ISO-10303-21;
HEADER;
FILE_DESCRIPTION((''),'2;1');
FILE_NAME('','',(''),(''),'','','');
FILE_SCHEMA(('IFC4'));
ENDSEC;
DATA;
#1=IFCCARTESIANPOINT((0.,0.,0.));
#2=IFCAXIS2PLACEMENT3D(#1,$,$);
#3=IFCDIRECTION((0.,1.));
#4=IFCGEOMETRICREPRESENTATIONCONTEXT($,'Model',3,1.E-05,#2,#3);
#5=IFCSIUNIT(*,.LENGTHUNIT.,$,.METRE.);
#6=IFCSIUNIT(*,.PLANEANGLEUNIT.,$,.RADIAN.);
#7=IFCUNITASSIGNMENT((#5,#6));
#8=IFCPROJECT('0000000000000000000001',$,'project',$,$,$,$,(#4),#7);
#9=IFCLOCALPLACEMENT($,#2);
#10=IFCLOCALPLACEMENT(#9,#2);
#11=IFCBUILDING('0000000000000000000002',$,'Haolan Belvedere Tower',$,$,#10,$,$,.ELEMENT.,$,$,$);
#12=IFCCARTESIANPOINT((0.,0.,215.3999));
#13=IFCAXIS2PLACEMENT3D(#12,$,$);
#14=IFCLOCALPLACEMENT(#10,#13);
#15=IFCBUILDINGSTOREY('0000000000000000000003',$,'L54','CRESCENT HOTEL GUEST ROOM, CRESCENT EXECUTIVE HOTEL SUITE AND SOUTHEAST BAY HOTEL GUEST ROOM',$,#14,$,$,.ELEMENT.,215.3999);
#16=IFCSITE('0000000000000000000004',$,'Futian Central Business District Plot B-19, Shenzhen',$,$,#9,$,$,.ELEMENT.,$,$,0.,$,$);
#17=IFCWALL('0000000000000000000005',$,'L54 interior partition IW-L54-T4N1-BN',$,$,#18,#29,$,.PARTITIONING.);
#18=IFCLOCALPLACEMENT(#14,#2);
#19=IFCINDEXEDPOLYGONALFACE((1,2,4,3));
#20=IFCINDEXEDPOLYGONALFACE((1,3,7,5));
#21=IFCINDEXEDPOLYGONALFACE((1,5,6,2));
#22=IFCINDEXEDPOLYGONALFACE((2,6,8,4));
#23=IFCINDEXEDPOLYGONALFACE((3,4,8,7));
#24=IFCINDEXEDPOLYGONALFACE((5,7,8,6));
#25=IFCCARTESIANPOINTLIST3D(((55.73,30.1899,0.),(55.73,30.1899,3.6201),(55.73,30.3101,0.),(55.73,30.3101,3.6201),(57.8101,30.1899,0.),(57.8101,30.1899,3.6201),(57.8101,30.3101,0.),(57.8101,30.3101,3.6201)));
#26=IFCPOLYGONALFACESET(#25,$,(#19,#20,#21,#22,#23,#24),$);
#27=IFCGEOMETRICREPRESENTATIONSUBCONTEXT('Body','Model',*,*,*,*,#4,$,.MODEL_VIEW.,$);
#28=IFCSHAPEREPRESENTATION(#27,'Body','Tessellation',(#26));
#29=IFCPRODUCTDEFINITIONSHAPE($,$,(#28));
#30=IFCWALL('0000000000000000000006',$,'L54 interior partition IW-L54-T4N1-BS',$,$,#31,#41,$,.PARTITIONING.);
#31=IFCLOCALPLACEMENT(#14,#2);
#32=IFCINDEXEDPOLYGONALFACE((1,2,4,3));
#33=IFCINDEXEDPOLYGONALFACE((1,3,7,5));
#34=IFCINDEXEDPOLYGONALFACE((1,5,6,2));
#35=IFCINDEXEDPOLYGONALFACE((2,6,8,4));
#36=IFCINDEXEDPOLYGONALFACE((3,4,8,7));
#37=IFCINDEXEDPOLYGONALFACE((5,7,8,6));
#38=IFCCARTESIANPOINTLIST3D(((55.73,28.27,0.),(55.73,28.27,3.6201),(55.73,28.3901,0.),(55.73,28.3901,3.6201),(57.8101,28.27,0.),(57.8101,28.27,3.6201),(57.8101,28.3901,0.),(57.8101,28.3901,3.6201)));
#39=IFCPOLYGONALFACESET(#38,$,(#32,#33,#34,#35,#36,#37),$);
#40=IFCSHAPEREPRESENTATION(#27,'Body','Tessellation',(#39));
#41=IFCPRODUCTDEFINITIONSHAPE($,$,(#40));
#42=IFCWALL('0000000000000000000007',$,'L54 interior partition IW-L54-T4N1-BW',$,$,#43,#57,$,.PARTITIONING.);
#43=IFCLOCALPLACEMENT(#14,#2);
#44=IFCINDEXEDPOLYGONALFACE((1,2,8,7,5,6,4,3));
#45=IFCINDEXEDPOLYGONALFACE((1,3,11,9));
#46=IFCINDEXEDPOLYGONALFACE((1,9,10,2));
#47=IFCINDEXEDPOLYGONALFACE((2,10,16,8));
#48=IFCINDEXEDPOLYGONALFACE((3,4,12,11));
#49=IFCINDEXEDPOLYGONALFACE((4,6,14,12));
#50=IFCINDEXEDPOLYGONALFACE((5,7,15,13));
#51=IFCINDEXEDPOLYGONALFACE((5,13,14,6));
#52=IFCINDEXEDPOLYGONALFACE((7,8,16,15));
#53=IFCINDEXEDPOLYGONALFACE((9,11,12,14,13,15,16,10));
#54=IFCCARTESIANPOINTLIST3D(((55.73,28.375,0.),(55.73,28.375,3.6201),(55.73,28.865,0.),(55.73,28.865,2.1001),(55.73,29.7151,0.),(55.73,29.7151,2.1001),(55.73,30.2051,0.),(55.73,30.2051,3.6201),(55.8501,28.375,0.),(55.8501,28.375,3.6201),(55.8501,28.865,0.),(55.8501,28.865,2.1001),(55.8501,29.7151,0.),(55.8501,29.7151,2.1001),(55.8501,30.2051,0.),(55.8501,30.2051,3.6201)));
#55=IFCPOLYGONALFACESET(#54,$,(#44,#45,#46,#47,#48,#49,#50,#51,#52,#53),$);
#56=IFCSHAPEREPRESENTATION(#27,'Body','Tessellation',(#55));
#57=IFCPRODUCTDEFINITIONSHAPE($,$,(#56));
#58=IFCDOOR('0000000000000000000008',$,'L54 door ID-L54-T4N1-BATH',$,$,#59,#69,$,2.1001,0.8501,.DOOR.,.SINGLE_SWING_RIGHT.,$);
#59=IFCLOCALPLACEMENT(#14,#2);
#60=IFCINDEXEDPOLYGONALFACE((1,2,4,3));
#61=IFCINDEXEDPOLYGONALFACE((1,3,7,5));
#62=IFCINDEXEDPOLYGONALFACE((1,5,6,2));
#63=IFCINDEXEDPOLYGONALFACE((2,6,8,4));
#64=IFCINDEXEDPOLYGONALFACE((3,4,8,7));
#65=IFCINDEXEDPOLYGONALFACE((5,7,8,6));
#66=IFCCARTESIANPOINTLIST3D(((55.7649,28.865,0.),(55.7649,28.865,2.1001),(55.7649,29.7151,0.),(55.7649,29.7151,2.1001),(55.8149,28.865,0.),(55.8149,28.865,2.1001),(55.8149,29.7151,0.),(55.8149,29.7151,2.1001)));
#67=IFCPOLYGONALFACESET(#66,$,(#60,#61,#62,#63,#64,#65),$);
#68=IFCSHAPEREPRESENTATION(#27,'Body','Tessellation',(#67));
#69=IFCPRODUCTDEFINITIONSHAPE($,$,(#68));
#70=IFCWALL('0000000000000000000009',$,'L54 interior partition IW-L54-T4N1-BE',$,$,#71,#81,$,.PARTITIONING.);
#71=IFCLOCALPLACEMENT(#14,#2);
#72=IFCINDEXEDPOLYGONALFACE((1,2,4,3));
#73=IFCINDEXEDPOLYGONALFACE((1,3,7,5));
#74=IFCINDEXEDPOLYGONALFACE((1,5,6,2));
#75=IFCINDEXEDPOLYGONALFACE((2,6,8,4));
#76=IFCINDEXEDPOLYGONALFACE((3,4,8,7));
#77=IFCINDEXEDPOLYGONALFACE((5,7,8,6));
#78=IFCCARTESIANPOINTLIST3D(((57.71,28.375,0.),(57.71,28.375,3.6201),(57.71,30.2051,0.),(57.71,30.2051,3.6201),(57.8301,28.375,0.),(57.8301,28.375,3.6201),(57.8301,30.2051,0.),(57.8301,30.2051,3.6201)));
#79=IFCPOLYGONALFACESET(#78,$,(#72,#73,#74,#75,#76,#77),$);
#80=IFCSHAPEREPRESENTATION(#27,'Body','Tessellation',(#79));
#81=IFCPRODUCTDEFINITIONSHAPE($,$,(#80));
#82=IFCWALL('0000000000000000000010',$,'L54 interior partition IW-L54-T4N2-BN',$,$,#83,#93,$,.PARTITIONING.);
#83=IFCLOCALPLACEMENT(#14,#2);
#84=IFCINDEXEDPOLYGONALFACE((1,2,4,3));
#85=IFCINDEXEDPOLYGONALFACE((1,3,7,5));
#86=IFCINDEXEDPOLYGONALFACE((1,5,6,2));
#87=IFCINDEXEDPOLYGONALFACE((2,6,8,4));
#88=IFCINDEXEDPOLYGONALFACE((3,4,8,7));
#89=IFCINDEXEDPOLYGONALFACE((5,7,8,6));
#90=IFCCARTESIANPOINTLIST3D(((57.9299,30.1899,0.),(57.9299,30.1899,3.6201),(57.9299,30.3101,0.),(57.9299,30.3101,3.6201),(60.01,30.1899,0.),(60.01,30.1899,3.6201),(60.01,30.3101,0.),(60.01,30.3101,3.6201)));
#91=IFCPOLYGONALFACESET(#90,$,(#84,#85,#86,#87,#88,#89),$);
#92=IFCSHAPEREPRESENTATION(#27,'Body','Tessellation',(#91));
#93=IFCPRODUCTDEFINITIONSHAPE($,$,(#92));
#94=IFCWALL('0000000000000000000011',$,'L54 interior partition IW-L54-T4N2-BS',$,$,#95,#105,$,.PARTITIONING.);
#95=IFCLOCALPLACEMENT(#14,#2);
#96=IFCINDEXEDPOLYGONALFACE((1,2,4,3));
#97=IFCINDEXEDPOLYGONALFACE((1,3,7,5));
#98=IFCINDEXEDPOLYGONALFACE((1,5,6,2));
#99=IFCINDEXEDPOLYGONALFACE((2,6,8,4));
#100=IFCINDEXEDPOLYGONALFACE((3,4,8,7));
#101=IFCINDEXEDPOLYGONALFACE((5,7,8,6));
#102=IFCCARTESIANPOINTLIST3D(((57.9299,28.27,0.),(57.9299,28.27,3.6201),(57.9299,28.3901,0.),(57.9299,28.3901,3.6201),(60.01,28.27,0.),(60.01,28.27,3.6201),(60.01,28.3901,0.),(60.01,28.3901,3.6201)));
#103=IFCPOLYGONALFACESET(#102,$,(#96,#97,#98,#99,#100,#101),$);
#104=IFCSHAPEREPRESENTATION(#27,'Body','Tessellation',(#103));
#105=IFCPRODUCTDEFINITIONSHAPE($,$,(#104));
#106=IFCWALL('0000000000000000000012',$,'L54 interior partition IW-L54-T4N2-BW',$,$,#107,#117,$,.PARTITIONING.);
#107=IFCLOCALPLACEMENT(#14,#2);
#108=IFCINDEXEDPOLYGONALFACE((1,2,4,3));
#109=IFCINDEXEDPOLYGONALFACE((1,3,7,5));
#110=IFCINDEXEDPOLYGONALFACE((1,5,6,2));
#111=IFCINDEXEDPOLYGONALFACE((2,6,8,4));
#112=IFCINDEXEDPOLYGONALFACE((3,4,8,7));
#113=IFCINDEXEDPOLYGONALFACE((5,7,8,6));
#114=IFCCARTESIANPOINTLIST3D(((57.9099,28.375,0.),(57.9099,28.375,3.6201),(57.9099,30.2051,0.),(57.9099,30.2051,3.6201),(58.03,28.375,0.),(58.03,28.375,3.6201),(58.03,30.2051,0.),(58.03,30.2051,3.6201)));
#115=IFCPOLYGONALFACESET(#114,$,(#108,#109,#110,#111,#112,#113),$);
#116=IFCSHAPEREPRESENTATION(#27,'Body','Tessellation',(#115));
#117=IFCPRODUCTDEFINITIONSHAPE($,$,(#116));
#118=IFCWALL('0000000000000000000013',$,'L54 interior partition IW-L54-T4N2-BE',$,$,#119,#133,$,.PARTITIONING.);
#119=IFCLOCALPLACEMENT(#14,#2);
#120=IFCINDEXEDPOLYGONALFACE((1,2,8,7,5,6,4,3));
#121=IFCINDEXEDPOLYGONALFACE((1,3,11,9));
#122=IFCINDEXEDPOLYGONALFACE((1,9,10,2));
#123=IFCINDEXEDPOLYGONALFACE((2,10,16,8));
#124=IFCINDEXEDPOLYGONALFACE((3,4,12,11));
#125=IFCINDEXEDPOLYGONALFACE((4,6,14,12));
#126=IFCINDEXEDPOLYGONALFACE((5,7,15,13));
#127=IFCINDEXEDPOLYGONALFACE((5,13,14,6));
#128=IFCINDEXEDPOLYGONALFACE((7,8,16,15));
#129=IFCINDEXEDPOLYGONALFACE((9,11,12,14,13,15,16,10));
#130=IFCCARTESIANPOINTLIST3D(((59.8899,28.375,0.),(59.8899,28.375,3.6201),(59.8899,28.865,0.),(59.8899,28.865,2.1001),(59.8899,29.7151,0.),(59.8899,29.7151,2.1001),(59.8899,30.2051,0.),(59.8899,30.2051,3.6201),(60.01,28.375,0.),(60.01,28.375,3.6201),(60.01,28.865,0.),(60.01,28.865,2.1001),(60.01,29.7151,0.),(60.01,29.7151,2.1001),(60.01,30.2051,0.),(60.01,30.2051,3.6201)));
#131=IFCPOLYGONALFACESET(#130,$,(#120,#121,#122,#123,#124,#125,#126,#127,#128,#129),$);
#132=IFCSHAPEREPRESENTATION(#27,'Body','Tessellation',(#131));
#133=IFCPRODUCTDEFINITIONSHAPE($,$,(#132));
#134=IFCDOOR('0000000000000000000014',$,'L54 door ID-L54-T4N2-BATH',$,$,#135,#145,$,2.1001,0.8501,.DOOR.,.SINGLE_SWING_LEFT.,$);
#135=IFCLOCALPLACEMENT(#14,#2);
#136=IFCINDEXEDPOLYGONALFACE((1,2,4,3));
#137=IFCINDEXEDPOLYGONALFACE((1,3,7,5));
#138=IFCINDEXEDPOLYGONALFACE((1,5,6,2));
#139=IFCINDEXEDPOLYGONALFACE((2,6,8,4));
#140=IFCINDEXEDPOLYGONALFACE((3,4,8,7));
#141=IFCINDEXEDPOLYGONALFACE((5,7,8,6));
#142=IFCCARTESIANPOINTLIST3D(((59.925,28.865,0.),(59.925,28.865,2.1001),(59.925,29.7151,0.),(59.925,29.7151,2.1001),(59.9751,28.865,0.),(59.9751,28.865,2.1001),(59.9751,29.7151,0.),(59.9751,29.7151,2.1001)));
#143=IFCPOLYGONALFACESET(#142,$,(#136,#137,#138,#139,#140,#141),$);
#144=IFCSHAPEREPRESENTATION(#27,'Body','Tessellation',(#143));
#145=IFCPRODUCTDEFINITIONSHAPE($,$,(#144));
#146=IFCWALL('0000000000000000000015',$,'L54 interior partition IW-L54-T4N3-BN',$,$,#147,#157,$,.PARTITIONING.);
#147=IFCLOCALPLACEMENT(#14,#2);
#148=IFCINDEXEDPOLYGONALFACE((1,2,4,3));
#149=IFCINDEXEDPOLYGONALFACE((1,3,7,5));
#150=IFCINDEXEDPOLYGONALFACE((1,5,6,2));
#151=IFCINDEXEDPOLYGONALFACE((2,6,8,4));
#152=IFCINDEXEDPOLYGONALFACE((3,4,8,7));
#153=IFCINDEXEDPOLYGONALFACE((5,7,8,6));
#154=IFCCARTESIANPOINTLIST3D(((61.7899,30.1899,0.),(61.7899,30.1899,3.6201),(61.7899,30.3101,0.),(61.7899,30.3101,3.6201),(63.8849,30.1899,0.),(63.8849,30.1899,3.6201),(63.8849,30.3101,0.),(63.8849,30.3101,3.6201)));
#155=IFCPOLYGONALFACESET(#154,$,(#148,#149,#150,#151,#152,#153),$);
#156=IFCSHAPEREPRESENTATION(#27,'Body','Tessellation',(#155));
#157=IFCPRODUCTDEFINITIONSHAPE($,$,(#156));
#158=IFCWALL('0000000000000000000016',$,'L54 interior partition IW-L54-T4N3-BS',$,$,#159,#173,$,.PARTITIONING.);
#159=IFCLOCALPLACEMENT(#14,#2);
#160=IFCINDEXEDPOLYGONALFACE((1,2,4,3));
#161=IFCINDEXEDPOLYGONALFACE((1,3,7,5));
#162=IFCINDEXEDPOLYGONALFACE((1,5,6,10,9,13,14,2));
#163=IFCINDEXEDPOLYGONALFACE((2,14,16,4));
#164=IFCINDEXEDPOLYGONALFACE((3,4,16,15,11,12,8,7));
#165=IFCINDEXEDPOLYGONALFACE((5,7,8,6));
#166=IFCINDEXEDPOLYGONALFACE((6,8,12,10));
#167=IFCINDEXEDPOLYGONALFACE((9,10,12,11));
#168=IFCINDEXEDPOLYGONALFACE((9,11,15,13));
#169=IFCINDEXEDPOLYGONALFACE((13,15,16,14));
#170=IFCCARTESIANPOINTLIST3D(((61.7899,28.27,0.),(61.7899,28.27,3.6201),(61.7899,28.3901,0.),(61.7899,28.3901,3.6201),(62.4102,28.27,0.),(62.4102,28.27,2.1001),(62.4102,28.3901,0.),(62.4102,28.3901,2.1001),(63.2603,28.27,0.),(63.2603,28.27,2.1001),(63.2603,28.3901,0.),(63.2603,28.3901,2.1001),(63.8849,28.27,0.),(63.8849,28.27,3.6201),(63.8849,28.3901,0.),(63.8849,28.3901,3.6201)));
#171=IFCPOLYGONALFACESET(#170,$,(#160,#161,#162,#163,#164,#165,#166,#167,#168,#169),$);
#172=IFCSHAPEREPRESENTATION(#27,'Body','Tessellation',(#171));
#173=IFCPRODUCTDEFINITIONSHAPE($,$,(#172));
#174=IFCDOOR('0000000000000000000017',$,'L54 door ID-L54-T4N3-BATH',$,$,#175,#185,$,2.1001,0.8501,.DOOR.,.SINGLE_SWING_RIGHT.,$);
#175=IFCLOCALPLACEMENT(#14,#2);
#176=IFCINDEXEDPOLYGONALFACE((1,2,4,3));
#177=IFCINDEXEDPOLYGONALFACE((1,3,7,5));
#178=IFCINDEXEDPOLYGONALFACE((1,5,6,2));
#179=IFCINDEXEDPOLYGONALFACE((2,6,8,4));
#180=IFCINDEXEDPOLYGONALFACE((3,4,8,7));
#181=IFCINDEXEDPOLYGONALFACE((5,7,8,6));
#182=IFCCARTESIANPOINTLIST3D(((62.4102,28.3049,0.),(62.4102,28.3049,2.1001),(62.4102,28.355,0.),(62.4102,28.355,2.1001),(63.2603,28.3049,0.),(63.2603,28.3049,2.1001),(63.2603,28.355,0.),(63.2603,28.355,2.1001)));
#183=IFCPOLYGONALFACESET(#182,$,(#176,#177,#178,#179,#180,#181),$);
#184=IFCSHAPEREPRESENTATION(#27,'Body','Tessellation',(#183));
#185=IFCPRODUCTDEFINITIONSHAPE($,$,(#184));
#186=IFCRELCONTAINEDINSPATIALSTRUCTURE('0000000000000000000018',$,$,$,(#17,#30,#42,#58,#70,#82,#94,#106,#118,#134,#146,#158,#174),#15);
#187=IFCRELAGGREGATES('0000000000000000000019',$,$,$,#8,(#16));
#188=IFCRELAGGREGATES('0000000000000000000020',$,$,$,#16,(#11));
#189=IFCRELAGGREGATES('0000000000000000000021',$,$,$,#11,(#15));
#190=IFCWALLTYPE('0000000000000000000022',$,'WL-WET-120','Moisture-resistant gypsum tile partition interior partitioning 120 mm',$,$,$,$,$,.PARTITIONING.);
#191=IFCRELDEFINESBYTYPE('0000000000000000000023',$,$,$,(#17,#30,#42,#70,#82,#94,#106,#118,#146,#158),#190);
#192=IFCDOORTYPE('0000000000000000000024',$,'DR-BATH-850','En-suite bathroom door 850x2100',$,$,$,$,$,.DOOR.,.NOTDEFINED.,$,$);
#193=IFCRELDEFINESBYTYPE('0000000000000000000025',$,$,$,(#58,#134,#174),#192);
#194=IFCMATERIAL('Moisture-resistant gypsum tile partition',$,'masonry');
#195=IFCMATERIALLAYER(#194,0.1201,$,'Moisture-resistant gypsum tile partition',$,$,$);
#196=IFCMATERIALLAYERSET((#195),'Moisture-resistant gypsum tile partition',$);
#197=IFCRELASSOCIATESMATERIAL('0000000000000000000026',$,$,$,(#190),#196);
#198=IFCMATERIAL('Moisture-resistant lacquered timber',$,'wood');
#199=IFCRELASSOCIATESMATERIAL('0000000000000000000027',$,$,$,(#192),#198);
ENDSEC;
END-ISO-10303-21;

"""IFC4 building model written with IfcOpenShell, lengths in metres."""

from ifc_helpers import new_model, si_unit, direction, frame, frame_2d, origin, place, context, subcontext, project, spatial, rectangle, extrude, material, layer, layer_set, type_object, element, fill, save


model = new_model("IFC4")

# Units and contexts
model_context = context("Model", 3, precision=1e-05, world=origin(), true_north=direction((0.0, 1.0)))
body_context = subcontext(model_context, "Body", "Model", "MODEL_VIEW")
ifc_project = project(units=[si_unit("LENGTHUNIT", "METRE"), si_unit("PLANEANGLEUNIT", "RADIAN")], contexts=[model_context])

# Site, building, storey
site_placement = place(None, origin())
site = spatial("IfcSite", under=ifc_project, at=site_placement, Name="Futian Central Business District Plot B-19, Shenzhen", CompositionType="ELEMENT", RefElevation=0.0)
building_placement = place(site_placement, origin())
building = spatial("IfcBuilding", under=site, at=building_placement, Name="Haolan Belvedere Tower", CompositionType="ELEMENT")
storey_placement = place(building_placement, frame((0.0, 0.0, 215.3999)))
storey = spatial("IfcBuildingStorey", under=building, at=storey_placement, Name="L54", Description="CRESCENT HOTEL GUEST ROOM, CRESCENT EXECUTIVE HOTEL SUITE AND SOUTHEAST BAY HOTEL GUEST ROOM", CompositionType="ELEMENT", Elevation=215.3999)

# Walls
ifc_material_1 = material(Name="Moisture-resistant gypsum tile partition", Category="masonry")
ifc_layer_1 = layer(ifc_material_1, 0.1201, Name="Moisture-resistant gypsum tile partition")
ifc_layer_set_1 = layer_set([ifc_layer_1], Name="Moisture-resistant gypsum tile partition")
wall_type_1 = type_object("IfcWallType", Name="WL-WET-120", Description="Moisture-resistant gypsum tile partition interior partitioning 120 mm", PredefinedType="PARTITIONING", material=ifc_layer_set_1)
for number, where, z_axis, x_axis, name in (
    (1, (55.73, 30.25, 0.0), (0.0, 0.0, 1.0), (1.0, 0.0, 0.0), "L54 interior partition IW-L54-T4N1-BN"),
    (2, (55.73, 28.3301, 0.0), (0.0, 0.0, 1.0), (1.0, 0.0, 0.0), "L54 interior partition IW-L54-T4N1-BS"),
):
    element("IfcWall", number, at=place(storey_placement, frame(where, z_axis=z_axis, x_axis=x_axis)), inside=storey, type_object=wall_type_1, Name=name, PredefinedType="PARTITIONING", context=body_context, shape_type="SweptSolid", body=[
        extrude(rectangle(XDim=2.0801, YDim=0.1201, at=frame_2d((1.04, 0.0))), origin(), (0.0, 0.0, 1.0), 3.6201),
    ])

# Wall, opening, door
wall_1_placement = place(storey_placement, frame((55.79, 28.375, 0.0), z_axis=(0.0, 0.0, 1.0), x_axis=(0.0, 1.0, 0.0)))
wall_1 = element("IfcWall", 3, at=wall_1_placement, inside=storey, type_object=wall_type_1, Name="L54 interior partition IW-L54-T4N1-BW", PredefinedType="PARTITIONING", context=body_context, shape_type="SweptSolid", body=[
    extrude(rectangle(XDim=1.8301, YDim=0.1201, at=frame_2d((0.915, 0.0))), origin(), (0.0, 0.0, 1.0), 3.6201),
])
opening_1_placement = place(wall_1_placement, frame((1.3401, 0.0, 0.0), z_axis=(0.0, 0.0, 1.0), x_axis=(-1.0, 0.0, 0.0)))
opening_1 = element("IfcOpeningElement", 4, at=opening_1_placement, cuts=wall_1, PredefinedType="OPENING", context=body_context, shape_type="SweptSolid", body=[
    extrude(rectangle(XDim=0.8501, YDim=2.1001, at=frame_2d((0.425, 1.05))), frame((0.0, 0.0701, 0.0), z_axis=(0.0, -1.0, 0.0), x_axis=(1.0, 0.0, 0.0)), (0.0, 0.0, 1.0), 0.1401),
])
ifc_material_2 = material(Name="Moisture-resistant lacquered timber", Category="wood")
door_type_1 = type_object("IfcDoorType", Name="DR-BATH-850", Description="En-suite bathroom door 850x2100", OperationType="NOTDEFINED", PredefinedType="DOOR", material=ifc_material_2)
door_1_placement = place(opening_1_placement, origin())
door_1 = element("IfcDoor", 5, at=door_1_placement, inside=storey, type_object=door_type_1, Name="L54 door ID-L54-T4N1-BATH", OperationType="SINGLE_SWING_RIGHT", OverallHeight=2.1001, OverallWidth=0.8501, PredefinedType="DOOR", context=body_context, shape_type="SweptSolid", body=[
    extrude(rectangle(XDim=0.8501, YDim=2.1001, at=frame_2d((0.425, 1.05))), frame((0.0, 0.0249, 0.0), z_axis=(0.0, -1.0, 0.0), x_axis=(1.0, 0.0, 0.0)), (0.0, 0.0, 1.0), 0.05),
])
fill(opening_1, door_1)

# Walls
wall_2_placement = place(storey_placement, frame((57.77, 28.375, 0.0), z_axis=(0.0, 0.0, 1.0), x_axis=(0.0, 1.0, 0.0)))
element("IfcWall", 6, at=wall_2_placement, inside=storey, type_object=wall_type_1, Name="L54 interior partition IW-L54-T4N1-BE", PredefinedType="PARTITIONING", context=body_context, shape_type="SweptSolid", body=[
    extrude(rectangle(XDim=1.8301, YDim=0.1201, at=frame_2d((0.915, 0.0))), origin(), (0.0, 0.0, 1.0), 3.6201),
])
for number, where, z_axis, x_axis, name in (
    (7, (57.9299, 30.25, 0.0), (0.0, 0.0, 1.0), (1.0, 0.0, 0.0), "L54 interior partition IW-L54-T4N2-BN"),
    (8, (57.9299, 28.3301, 0.0), (0.0, 0.0, 1.0), (1.0, 0.0, 0.0), "L54 interior partition IW-L54-T4N2-BS"),
):
    element("IfcWall", number, at=place(storey_placement, frame(where, z_axis=z_axis, x_axis=x_axis)), inside=storey, type_object=wall_type_1, Name=name, PredefinedType="PARTITIONING", context=body_context, shape_type="SweptSolid", body=[
        extrude(rectangle(XDim=2.0801, YDim=0.1201, at=frame_2d((1.04, 0.0))), origin(), (0.0, 0.0, 1.0), 3.6201),
    ])
wall_3_placement = place(storey_placement, frame((57.97, 28.375, 0.0), z_axis=(0.0, 0.0, 1.0), x_axis=(0.0, 1.0, 0.0)))
element("IfcWall", 9, at=wall_3_placement, inside=storey, type_object=wall_type_1, Name="L54 interior partition IW-L54-T4N2-BW", PredefinedType="PARTITIONING", context=body_context, shape_type="SweptSolid", body=[
    extrude(rectangle(XDim=1.8301, YDim=0.1201, at=frame_2d((0.915, 0.0))), origin(), (0.0, 0.0, 1.0), 3.6201),
])

# Wall, opening, door
wall_4_placement = place(storey_placement, frame((59.95, 28.375, 0.0), z_axis=(0.0, 0.0, 1.0), x_axis=(0.0, 1.0, 0.0)))
wall_4 = element("IfcWall", 10, at=wall_4_placement, inside=storey, type_object=wall_type_1, Name="L54 interior partition IW-L54-T4N2-BE", PredefinedType="PARTITIONING", context=body_context, shape_type="SweptSolid", body=[
    extrude(rectangle(XDim=1.8301, YDim=0.1201, at=frame_2d((0.915, 0.0))), origin(), (0.0, 0.0, 1.0), 3.6201),
])
opening_2_placement = place(wall_4_placement, frame((0.49, 0.0, 0.0)))
opening_2 = element("IfcOpeningElement", 11, at=opening_2_placement, cuts=wall_4, PredefinedType="OPENING", context=body_context, shape_type="SweptSolid", body=[
    extrude(rectangle(XDim=0.8501, YDim=2.1001, at=frame_2d((0.425, 1.05))), frame((0.0, 0.0701, 0.0), z_axis=(0.0, -1.0, 0.0), x_axis=(1.0, 0.0, 0.0)), (0.0, 0.0, 1.0), 0.1401),
])
door_2_placement = place(opening_2_placement, origin())
door_2 = element("IfcDoor", 12, at=door_2_placement, inside=storey, type_object=door_type_1, Name="L54 door ID-L54-T4N2-BATH", OperationType="SINGLE_SWING_LEFT", OverallHeight=2.1001, OverallWidth=0.8501, PredefinedType="DOOR", context=body_context, shape_type="SweptSolid", body=[
    extrude(rectangle(XDim=0.8501, YDim=2.1001, at=frame_2d((0.425, 1.05))), frame((0.0, 0.0249, 0.0), z_axis=(0.0, -1.0, 0.0), x_axis=(1.0, 0.0, 0.0)), (0.0, 0.0, 1.0), 0.05),
])
fill(opening_2, door_2)

# Wall
wall_5_placement = place(storey_placement, frame((61.79, 30.25, 0.0), z_axis=(0.0, 0.0, 1.0), x_axis=(1.0, 0.0, 0.0)))
element("IfcWall", 13, at=wall_5_placement, inside=storey, type_object=wall_type_1, Name="L54 interior partition IW-L54-T4N3-BN", PredefinedType="PARTITIONING", context=body_context, shape_type="SweptSolid", body=[
    extrude(rectangle(XDim=2.095, YDim=0.1201, at=frame_2d((1.0474, 0.0))), origin(), (0.0, 0.0, 1.0), 3.6201),
])

# Wall, opening, door
wall_6_placement = place(storey_placement, frame((61.79, 28.3301, 0.0), z_axis=(0.0, 0.0, 1.0), x_axis=(1.0, 0.0, 0.0)))
wall_6 = element("IfcWall", 14, at=wall_6_placement, inside=storey, type_object=wall_type_1, Name="L54 interior partition IW-L54-T4N3-BS", PredefinedType="PARTITIONING", context=body_context, shape_type="SweptSolid", body=[
    extrude(rectangle(XDim=2.095, YDim=0.1201, at=frame_2d((1.0474, 0.0))), origin(), (0.0, 0.0, 1.0), 3.6201),
])
opening_3_placement = place(wall_6_placement, frame((0.6201, 0.0, 0.0)))
opening_3 = element("IfcOpeningElement", 15, at=opening_3_placement, cuts=wall_6, PredefinedType="OPENING", context=body_context, shape_type="SweptSolid", body=[
    extrude(rectangle(XDim=0.8501, YDim=2.1001, at=frame_2d((0.425, 1.05))), frame((0.0, 0.0701, 0.0), z_axis=(0.0, -1.0, 0.0), x_axis=(1.0, 0.0, 0.0)), (0.0, 0.0, 1.0), 0.1401),
])
door_3_placement = place(opening_3_placement, origin())
door_3 = element("IfcDoor", 16, at=door_3_placement, inside=storey, type_object=door_type_1, Name="L54 door ID-L54-T4N3-BATH", OperationType="SINGLE_SWING_RIGHT", OverallHeight=2.1001, OverallWidth=0.8501, PredefinedType="DOOR", context=body_context, shape_type="SweptSolid", body=[
    extrude(rectangle(XDim=0.8501, YDim=2.1001, at=frame_2d((0.425, 1.05))), frame((0.0, 0.0249, 0.0), z_axis=(0.0, -1.0, 0.0), x_axis=(1.0, 0.0, 0.0)), (0.0, 0.0, 1.0), 0.05),
])
fill(opening_3, door_3)

save(model, "model.ifc")
